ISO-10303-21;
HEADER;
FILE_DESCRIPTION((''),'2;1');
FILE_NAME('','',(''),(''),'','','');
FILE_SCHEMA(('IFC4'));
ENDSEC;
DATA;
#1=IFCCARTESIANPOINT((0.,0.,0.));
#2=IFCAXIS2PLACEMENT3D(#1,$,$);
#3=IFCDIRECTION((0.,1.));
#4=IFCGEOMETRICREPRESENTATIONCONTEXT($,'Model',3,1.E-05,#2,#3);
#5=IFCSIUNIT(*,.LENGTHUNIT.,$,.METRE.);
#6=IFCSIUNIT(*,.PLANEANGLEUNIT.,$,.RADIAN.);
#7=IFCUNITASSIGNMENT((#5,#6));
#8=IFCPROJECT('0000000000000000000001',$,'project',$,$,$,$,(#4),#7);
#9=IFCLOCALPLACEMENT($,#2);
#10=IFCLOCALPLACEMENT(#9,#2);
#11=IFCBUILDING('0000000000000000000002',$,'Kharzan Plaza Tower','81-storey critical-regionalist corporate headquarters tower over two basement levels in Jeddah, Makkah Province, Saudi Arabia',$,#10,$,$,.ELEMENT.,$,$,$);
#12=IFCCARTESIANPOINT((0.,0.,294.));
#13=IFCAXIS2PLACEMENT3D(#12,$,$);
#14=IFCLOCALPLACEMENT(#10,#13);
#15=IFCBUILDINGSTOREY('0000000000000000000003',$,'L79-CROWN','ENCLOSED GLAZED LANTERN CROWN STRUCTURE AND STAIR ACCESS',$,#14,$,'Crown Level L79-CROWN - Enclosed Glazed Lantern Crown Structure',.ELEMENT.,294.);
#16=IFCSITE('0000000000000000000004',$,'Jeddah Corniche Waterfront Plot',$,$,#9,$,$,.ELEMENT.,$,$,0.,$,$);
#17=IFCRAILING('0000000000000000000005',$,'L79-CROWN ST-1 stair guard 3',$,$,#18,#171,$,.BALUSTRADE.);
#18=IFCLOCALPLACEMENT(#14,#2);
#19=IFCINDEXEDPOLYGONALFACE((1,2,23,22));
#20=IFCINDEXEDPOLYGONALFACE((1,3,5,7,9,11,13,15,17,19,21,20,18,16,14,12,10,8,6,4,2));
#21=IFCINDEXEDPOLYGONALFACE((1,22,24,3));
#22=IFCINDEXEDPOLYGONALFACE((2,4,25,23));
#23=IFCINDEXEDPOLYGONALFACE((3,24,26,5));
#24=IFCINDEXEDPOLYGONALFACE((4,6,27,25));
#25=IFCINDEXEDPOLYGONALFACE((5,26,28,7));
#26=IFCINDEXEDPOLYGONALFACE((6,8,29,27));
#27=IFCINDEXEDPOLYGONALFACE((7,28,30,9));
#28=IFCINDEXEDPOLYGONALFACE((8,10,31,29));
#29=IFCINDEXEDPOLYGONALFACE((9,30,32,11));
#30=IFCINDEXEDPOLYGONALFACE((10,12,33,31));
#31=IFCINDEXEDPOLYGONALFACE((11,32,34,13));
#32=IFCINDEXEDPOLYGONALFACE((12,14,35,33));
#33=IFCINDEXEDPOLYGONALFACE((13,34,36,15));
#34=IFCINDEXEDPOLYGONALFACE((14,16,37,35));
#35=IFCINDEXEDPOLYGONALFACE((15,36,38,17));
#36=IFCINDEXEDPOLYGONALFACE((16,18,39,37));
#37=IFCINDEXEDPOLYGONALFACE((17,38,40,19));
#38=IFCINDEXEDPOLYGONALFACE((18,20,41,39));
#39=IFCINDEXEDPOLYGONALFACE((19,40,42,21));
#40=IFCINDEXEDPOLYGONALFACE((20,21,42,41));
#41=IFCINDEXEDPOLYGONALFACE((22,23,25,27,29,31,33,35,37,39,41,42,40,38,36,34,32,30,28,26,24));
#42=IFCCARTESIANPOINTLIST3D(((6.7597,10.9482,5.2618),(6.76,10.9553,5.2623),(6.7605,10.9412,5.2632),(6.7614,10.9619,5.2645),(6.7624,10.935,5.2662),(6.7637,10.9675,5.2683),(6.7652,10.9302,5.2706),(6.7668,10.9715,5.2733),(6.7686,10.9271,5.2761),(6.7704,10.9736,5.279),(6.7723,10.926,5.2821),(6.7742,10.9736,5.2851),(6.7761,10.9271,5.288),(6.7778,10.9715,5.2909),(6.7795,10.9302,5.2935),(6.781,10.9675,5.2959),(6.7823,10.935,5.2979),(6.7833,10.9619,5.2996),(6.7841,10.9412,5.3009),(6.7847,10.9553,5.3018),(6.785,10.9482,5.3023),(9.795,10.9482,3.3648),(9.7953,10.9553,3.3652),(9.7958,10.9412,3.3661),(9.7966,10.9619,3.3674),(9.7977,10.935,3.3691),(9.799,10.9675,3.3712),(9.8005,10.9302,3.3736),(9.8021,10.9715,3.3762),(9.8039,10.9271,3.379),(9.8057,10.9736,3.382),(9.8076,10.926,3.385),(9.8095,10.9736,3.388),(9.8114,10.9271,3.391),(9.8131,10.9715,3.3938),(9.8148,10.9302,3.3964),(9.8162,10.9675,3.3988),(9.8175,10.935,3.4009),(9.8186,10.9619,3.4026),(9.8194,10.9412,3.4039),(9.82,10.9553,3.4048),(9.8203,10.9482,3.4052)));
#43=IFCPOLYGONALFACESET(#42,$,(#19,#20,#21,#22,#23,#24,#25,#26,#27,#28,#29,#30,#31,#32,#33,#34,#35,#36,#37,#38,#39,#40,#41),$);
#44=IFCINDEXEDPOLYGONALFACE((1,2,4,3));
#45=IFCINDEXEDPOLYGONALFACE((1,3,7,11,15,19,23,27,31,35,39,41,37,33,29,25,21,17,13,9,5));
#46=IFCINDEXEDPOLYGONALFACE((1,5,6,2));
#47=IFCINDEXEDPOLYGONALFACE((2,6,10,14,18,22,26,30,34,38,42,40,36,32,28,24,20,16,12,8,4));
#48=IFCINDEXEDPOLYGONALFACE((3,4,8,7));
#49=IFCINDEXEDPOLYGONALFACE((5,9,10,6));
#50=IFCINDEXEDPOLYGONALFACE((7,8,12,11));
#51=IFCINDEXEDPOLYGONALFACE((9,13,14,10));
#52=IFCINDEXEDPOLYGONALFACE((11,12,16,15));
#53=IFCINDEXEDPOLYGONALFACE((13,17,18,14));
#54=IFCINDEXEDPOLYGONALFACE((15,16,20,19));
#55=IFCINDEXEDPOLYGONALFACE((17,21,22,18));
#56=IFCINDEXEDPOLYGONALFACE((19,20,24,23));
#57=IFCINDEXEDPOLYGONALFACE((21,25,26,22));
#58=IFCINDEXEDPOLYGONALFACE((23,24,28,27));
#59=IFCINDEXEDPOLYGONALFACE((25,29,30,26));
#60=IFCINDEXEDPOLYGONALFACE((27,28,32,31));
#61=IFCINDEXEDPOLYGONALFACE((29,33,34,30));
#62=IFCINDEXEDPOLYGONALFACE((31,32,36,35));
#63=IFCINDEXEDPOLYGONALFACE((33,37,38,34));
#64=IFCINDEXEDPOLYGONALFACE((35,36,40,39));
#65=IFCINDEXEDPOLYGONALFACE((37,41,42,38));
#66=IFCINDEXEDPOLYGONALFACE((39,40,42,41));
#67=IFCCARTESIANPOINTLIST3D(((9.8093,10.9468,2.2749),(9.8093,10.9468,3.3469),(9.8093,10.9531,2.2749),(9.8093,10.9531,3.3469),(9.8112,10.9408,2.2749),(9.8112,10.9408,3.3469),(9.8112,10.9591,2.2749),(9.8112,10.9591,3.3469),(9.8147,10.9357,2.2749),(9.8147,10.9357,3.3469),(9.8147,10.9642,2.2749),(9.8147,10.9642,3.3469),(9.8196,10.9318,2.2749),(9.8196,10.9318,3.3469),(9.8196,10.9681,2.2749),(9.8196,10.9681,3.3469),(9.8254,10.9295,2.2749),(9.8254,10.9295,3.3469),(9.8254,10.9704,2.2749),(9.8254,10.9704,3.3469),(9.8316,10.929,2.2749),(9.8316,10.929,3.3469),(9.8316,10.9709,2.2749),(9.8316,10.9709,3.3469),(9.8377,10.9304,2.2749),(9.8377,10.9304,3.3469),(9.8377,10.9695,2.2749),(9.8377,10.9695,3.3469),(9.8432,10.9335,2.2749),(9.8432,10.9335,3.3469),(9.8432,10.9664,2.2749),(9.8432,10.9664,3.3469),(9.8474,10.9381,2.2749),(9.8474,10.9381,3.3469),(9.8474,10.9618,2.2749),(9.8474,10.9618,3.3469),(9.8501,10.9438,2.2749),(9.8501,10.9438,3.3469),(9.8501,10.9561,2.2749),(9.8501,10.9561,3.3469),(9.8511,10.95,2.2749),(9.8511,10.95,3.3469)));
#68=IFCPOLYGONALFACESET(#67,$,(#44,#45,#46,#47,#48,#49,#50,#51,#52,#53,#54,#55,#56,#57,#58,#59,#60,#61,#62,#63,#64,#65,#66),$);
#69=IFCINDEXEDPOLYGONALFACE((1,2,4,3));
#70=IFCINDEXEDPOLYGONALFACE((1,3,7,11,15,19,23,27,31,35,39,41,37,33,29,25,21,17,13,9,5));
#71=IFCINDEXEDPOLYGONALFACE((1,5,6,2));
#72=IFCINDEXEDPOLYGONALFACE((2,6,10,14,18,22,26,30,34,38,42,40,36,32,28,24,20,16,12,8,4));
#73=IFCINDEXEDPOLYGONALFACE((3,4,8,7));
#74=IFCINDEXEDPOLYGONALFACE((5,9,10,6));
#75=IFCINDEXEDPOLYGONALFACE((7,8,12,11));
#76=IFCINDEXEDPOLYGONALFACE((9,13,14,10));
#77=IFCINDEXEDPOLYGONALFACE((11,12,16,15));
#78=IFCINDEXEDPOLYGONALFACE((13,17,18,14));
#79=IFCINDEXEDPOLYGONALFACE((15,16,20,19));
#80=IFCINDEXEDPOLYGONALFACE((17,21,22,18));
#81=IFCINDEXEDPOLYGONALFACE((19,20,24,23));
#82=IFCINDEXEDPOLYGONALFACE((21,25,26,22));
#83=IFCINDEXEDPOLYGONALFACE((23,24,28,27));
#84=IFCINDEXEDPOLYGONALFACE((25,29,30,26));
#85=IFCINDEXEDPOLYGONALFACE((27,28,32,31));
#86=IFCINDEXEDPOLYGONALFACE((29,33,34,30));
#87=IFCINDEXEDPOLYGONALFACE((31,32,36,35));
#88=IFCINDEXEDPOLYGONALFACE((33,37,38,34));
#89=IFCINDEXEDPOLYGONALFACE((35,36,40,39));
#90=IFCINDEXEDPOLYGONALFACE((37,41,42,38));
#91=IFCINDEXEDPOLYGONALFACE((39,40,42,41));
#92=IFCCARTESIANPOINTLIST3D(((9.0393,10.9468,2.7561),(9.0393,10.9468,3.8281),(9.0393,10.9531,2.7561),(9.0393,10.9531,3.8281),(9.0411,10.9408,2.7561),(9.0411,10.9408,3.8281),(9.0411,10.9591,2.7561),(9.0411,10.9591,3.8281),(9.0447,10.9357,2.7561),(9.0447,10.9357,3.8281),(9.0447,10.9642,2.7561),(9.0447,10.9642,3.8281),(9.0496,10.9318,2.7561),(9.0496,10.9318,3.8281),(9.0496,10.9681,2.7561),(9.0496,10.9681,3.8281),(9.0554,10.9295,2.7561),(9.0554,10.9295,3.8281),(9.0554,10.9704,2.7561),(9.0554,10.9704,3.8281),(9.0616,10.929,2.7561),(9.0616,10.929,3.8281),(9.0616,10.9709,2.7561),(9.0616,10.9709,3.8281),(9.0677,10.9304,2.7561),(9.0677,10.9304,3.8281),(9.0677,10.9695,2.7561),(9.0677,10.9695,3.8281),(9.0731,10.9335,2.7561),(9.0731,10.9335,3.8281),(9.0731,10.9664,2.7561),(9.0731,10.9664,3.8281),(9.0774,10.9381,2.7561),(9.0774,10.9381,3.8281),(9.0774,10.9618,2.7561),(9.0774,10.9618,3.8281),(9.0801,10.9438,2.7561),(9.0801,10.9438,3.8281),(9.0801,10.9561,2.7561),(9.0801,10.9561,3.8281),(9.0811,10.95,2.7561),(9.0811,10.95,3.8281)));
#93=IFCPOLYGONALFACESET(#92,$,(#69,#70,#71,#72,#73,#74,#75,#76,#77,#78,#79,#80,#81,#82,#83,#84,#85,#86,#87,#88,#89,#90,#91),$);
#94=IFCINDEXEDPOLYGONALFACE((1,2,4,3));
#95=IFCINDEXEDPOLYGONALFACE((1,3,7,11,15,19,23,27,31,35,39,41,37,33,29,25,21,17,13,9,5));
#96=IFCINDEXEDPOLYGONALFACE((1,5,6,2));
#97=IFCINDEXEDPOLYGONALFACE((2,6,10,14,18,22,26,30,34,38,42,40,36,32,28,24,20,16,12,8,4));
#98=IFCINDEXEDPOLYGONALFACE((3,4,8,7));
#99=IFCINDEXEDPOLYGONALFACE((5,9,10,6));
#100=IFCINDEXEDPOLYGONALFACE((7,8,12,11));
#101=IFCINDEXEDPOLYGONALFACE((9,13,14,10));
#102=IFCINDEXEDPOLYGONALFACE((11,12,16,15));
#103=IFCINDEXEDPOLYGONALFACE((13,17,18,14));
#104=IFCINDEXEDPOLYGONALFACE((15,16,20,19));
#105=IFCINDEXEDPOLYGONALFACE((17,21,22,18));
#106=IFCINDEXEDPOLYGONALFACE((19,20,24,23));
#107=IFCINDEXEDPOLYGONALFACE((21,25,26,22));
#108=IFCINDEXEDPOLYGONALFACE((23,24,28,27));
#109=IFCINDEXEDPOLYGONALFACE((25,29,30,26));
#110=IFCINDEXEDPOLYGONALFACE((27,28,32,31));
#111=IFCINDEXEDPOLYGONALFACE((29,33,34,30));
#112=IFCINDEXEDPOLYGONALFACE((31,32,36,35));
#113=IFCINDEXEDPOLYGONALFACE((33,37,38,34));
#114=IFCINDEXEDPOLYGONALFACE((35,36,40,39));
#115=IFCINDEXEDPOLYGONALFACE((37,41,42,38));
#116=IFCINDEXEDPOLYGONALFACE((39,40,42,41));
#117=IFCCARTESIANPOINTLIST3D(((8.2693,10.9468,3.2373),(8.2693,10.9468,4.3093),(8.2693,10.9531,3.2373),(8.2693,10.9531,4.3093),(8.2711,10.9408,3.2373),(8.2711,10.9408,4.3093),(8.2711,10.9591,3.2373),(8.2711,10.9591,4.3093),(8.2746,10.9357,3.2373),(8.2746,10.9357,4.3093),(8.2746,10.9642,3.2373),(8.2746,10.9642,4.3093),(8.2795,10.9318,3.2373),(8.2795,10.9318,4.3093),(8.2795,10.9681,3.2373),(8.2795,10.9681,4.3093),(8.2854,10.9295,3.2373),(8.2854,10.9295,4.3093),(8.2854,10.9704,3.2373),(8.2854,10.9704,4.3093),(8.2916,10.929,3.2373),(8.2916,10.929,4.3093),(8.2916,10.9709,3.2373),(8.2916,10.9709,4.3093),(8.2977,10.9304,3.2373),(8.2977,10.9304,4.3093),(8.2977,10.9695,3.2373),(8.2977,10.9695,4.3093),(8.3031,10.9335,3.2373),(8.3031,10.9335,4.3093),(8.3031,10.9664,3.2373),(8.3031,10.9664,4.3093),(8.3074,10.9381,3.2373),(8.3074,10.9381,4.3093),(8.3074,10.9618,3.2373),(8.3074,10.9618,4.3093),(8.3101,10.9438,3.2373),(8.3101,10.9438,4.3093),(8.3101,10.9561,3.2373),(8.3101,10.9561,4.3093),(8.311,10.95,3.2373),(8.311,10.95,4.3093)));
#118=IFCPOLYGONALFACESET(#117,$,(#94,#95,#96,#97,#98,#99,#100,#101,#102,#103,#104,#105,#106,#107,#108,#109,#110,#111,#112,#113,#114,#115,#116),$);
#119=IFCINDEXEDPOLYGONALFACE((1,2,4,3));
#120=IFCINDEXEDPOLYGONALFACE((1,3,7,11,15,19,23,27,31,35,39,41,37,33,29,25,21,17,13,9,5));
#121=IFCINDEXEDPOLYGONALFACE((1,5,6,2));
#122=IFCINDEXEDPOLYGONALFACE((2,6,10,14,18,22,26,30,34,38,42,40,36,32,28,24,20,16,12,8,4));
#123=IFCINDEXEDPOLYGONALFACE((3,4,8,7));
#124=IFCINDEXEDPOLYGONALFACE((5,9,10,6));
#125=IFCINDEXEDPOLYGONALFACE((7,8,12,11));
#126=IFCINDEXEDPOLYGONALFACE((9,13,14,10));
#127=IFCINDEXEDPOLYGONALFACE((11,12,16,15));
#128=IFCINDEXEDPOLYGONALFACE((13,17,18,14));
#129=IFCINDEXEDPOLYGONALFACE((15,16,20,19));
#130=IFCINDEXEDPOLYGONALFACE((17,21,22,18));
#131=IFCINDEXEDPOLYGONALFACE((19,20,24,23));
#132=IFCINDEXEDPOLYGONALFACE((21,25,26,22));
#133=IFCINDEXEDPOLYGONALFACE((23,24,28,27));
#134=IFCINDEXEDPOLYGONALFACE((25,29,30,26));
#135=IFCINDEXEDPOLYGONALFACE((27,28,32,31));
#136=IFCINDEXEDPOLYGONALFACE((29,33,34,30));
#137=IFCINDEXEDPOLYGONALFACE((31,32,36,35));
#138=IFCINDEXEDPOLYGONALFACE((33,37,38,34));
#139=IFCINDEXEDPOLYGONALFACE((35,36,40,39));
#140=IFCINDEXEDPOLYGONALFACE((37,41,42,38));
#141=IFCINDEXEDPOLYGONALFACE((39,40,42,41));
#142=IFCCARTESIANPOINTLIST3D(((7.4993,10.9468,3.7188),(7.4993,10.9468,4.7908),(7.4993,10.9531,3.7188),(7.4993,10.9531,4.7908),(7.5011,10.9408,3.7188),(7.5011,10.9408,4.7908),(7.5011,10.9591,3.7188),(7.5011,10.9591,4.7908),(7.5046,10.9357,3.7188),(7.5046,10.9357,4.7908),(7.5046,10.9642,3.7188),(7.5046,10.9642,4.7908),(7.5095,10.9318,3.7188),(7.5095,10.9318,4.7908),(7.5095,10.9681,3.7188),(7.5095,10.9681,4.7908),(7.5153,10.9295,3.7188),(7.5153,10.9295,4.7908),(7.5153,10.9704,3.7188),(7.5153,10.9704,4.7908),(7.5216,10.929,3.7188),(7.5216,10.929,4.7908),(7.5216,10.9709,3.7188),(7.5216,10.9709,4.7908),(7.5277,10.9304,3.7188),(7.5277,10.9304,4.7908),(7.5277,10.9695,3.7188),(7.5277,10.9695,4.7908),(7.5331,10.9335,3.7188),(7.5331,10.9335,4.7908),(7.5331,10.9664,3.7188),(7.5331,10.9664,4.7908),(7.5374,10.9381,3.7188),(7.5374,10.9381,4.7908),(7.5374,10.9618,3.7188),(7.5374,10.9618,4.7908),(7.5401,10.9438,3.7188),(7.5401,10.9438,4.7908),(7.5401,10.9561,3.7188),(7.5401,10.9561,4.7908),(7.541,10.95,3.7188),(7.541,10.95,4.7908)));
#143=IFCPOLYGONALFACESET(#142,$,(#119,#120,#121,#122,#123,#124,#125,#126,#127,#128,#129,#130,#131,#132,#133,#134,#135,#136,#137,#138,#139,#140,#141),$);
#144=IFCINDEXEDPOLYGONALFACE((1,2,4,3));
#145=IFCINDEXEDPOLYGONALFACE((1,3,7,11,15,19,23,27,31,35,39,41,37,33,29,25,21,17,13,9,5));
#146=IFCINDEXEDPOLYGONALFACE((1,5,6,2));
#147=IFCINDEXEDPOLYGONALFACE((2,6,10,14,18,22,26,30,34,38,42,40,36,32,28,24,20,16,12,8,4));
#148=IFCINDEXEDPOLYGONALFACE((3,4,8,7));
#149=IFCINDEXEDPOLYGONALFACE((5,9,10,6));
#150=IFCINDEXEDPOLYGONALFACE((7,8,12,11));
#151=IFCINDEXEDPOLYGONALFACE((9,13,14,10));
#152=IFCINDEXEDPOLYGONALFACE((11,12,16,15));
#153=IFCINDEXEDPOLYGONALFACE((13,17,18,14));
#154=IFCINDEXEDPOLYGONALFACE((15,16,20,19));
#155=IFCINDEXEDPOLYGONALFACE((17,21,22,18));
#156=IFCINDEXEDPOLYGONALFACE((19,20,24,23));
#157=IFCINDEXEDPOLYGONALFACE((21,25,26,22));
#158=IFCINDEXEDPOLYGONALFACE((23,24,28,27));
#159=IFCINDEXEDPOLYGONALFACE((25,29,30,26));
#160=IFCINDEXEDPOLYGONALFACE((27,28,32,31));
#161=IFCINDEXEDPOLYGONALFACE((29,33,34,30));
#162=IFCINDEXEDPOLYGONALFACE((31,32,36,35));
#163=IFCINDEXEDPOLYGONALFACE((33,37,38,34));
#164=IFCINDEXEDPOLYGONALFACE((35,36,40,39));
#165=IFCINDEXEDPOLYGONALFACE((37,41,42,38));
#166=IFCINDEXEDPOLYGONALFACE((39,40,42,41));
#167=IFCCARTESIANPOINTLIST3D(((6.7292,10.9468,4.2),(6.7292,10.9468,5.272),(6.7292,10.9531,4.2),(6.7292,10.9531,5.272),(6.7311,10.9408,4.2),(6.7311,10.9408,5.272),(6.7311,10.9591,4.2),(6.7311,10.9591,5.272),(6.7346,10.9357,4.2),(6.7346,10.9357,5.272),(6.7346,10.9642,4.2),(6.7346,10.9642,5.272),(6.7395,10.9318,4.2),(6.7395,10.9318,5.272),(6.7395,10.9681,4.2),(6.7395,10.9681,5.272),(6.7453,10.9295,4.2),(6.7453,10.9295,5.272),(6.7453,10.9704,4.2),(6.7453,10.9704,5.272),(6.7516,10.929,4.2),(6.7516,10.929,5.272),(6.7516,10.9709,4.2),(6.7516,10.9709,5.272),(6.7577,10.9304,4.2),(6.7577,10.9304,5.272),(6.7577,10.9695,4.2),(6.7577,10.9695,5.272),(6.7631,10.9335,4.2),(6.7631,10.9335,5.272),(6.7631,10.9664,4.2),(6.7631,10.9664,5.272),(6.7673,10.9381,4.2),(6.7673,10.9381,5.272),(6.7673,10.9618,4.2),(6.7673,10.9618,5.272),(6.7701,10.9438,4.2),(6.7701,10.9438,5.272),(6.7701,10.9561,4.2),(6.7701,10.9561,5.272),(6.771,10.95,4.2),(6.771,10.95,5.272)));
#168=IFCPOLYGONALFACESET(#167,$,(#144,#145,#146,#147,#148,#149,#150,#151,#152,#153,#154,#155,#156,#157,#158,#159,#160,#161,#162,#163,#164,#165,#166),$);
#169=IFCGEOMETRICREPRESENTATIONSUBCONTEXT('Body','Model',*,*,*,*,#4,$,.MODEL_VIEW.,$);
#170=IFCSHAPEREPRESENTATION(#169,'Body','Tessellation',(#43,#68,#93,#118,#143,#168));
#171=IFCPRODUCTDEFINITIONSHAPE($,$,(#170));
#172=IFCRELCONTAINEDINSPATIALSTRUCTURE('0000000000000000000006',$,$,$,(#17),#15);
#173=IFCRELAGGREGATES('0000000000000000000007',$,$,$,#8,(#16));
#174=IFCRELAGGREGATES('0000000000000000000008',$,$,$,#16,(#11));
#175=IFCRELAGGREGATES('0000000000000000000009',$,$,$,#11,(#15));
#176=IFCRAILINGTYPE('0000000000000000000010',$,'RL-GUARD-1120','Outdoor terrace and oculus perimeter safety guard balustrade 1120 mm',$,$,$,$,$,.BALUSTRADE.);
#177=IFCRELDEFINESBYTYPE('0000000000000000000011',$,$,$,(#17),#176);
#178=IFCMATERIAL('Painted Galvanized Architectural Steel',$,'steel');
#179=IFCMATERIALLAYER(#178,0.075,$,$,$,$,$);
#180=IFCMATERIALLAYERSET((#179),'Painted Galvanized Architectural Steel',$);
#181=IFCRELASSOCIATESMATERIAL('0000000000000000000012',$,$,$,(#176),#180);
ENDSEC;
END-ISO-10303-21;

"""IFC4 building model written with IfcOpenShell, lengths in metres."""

from ifc_helpers import new_model, si_unit, direction, frame, origin, origin_2d, place, context, subcontext, project, spatial, circle, extrude, source, transform, mapped, material, layer, layer_set, type_object, element, save


model = new_model("IFC4")

# Units and contexts
model_context = context("Model", 3, precision=1e-05, world=origin(), true_north=direction((0.0, 1.0)))
body_context = subcontext(model_context, "Body", "Model", "MODEL_VIEW")
ifc_project = project(units=[si_unit("LENGTHUNIT", "METRE"), si_unit("PLANEANGLEUNIT", "RADIAN")], contexts=[model_context])

# Site, building, storey
site_placement = place(None, origin())
site = spatial("IfcSite", under=ifc_project, at=site_placement, Name="Jeddah Corniche Waterfront Plot", CompositionType="ELEMENT", RefElevation=0.0)
building_placement = place(site_placement, origin())
building = spatial("IfcBuilding", under=site, at=building_placement, Name="Kharzan Plaza Tower", Description="81-storey critical-regionalist corporate headquarters tower over two basement levels in Jeddah, Makkah Province, Saudi Arabia", CompositionType="ELEMENT")
storey_placement = place(building_placement, frame((0.0, 0.0, 294.0)))
storey = spatial("IfcBuildingStorey", under=building, at=storey_placement, Name="L79-CROWN", Description="ENCLOSED GLAZED LANTERN CROWN STRUCTURE AND STAIR ACCESS", LongName="Crown Level L79-CROWN - Enclosed Glazed Lantern Crown Structure", CompositionType="ELEMENT", Elevation=294.0)

# Railing
ifc_material_1 = material(Name="Painted Galvanized Architectural Steel", Category="steel")
ifc_layer_1 = layer(ifc_material_1, 0.075)
ifc_layer_set_1 = layer_set([ifc_layer_1], Name="Painted Galvanized Architectural Steel")
railing_type_1 = type_object("IfcRailingType", Name="RL-GUARD-1120", Description="Outdoor terrace and oculus perimeter safety guard balustrade 1120 mm", PredefinedType="BALUSTRADE", material=ifc_layer_set_1)
shared_shape_1 = source(origin(), body_context, "Body", "SweptSolid", [
    extrude(circle(Radius=0.0239, at=origin_2d()), frame((-0.0225, 0.0, 1.1101), z_axis=(-0.847998, 0.0, 0.529999), x_axis=(0.0, -1.0, 0.0)), (0.0, 0.0, 1.0), 3.5793),
    extrude(circle(Radius=0.021, at=origin_2d()), origin(), (0.0, 0.0, 1.0), 1.072),
    extrude(circle(Radius=0.021, at=origin_2d()), frame((-0.77, 0.0, 0.4812)), (0.0, 0.0, 1.0), 1.072),
    extrude(circle(Radius=0.021, at=origin_2d()), frame((-1.54, 0.0, 0.9624)), (0.0, 0.0, 1.0), 1.072),
    extrude(circle(Radius=0.021, at=origin_2d()), frame((-2.3101, 0.0, 1.4438)), (0.0, 0.0, 1.0), 1.072),
    extrude(circle(Radius=0.021, at=origin_2d()), frame((-3.0801, 0.0, 1.925)), (0.0, 0.0, 1.0), 1.072),
])
railing_1_placement = place(storey_placement, frame((9.8301, 10.95, 2.2749)))
element("IfcRailing", 1, at=railing_1_placement, inside=storey, type_object=railing_type_1, Name="L79-CROWN ST-1 stair guard 3", PredefinedType="BALUSTRADE", context=body_context, shape_type="MappedRepresentation", body=[
    mapped(shared_shape_1, transform((0.0, 0.0, 0.0), x_axis=(1.0, 0.0, 0.0), y_axis=(0.0, 1.0, 0.0), z_axis=(0.0, 0.0, 1.0))),
])

save(model, "model.ifc")
